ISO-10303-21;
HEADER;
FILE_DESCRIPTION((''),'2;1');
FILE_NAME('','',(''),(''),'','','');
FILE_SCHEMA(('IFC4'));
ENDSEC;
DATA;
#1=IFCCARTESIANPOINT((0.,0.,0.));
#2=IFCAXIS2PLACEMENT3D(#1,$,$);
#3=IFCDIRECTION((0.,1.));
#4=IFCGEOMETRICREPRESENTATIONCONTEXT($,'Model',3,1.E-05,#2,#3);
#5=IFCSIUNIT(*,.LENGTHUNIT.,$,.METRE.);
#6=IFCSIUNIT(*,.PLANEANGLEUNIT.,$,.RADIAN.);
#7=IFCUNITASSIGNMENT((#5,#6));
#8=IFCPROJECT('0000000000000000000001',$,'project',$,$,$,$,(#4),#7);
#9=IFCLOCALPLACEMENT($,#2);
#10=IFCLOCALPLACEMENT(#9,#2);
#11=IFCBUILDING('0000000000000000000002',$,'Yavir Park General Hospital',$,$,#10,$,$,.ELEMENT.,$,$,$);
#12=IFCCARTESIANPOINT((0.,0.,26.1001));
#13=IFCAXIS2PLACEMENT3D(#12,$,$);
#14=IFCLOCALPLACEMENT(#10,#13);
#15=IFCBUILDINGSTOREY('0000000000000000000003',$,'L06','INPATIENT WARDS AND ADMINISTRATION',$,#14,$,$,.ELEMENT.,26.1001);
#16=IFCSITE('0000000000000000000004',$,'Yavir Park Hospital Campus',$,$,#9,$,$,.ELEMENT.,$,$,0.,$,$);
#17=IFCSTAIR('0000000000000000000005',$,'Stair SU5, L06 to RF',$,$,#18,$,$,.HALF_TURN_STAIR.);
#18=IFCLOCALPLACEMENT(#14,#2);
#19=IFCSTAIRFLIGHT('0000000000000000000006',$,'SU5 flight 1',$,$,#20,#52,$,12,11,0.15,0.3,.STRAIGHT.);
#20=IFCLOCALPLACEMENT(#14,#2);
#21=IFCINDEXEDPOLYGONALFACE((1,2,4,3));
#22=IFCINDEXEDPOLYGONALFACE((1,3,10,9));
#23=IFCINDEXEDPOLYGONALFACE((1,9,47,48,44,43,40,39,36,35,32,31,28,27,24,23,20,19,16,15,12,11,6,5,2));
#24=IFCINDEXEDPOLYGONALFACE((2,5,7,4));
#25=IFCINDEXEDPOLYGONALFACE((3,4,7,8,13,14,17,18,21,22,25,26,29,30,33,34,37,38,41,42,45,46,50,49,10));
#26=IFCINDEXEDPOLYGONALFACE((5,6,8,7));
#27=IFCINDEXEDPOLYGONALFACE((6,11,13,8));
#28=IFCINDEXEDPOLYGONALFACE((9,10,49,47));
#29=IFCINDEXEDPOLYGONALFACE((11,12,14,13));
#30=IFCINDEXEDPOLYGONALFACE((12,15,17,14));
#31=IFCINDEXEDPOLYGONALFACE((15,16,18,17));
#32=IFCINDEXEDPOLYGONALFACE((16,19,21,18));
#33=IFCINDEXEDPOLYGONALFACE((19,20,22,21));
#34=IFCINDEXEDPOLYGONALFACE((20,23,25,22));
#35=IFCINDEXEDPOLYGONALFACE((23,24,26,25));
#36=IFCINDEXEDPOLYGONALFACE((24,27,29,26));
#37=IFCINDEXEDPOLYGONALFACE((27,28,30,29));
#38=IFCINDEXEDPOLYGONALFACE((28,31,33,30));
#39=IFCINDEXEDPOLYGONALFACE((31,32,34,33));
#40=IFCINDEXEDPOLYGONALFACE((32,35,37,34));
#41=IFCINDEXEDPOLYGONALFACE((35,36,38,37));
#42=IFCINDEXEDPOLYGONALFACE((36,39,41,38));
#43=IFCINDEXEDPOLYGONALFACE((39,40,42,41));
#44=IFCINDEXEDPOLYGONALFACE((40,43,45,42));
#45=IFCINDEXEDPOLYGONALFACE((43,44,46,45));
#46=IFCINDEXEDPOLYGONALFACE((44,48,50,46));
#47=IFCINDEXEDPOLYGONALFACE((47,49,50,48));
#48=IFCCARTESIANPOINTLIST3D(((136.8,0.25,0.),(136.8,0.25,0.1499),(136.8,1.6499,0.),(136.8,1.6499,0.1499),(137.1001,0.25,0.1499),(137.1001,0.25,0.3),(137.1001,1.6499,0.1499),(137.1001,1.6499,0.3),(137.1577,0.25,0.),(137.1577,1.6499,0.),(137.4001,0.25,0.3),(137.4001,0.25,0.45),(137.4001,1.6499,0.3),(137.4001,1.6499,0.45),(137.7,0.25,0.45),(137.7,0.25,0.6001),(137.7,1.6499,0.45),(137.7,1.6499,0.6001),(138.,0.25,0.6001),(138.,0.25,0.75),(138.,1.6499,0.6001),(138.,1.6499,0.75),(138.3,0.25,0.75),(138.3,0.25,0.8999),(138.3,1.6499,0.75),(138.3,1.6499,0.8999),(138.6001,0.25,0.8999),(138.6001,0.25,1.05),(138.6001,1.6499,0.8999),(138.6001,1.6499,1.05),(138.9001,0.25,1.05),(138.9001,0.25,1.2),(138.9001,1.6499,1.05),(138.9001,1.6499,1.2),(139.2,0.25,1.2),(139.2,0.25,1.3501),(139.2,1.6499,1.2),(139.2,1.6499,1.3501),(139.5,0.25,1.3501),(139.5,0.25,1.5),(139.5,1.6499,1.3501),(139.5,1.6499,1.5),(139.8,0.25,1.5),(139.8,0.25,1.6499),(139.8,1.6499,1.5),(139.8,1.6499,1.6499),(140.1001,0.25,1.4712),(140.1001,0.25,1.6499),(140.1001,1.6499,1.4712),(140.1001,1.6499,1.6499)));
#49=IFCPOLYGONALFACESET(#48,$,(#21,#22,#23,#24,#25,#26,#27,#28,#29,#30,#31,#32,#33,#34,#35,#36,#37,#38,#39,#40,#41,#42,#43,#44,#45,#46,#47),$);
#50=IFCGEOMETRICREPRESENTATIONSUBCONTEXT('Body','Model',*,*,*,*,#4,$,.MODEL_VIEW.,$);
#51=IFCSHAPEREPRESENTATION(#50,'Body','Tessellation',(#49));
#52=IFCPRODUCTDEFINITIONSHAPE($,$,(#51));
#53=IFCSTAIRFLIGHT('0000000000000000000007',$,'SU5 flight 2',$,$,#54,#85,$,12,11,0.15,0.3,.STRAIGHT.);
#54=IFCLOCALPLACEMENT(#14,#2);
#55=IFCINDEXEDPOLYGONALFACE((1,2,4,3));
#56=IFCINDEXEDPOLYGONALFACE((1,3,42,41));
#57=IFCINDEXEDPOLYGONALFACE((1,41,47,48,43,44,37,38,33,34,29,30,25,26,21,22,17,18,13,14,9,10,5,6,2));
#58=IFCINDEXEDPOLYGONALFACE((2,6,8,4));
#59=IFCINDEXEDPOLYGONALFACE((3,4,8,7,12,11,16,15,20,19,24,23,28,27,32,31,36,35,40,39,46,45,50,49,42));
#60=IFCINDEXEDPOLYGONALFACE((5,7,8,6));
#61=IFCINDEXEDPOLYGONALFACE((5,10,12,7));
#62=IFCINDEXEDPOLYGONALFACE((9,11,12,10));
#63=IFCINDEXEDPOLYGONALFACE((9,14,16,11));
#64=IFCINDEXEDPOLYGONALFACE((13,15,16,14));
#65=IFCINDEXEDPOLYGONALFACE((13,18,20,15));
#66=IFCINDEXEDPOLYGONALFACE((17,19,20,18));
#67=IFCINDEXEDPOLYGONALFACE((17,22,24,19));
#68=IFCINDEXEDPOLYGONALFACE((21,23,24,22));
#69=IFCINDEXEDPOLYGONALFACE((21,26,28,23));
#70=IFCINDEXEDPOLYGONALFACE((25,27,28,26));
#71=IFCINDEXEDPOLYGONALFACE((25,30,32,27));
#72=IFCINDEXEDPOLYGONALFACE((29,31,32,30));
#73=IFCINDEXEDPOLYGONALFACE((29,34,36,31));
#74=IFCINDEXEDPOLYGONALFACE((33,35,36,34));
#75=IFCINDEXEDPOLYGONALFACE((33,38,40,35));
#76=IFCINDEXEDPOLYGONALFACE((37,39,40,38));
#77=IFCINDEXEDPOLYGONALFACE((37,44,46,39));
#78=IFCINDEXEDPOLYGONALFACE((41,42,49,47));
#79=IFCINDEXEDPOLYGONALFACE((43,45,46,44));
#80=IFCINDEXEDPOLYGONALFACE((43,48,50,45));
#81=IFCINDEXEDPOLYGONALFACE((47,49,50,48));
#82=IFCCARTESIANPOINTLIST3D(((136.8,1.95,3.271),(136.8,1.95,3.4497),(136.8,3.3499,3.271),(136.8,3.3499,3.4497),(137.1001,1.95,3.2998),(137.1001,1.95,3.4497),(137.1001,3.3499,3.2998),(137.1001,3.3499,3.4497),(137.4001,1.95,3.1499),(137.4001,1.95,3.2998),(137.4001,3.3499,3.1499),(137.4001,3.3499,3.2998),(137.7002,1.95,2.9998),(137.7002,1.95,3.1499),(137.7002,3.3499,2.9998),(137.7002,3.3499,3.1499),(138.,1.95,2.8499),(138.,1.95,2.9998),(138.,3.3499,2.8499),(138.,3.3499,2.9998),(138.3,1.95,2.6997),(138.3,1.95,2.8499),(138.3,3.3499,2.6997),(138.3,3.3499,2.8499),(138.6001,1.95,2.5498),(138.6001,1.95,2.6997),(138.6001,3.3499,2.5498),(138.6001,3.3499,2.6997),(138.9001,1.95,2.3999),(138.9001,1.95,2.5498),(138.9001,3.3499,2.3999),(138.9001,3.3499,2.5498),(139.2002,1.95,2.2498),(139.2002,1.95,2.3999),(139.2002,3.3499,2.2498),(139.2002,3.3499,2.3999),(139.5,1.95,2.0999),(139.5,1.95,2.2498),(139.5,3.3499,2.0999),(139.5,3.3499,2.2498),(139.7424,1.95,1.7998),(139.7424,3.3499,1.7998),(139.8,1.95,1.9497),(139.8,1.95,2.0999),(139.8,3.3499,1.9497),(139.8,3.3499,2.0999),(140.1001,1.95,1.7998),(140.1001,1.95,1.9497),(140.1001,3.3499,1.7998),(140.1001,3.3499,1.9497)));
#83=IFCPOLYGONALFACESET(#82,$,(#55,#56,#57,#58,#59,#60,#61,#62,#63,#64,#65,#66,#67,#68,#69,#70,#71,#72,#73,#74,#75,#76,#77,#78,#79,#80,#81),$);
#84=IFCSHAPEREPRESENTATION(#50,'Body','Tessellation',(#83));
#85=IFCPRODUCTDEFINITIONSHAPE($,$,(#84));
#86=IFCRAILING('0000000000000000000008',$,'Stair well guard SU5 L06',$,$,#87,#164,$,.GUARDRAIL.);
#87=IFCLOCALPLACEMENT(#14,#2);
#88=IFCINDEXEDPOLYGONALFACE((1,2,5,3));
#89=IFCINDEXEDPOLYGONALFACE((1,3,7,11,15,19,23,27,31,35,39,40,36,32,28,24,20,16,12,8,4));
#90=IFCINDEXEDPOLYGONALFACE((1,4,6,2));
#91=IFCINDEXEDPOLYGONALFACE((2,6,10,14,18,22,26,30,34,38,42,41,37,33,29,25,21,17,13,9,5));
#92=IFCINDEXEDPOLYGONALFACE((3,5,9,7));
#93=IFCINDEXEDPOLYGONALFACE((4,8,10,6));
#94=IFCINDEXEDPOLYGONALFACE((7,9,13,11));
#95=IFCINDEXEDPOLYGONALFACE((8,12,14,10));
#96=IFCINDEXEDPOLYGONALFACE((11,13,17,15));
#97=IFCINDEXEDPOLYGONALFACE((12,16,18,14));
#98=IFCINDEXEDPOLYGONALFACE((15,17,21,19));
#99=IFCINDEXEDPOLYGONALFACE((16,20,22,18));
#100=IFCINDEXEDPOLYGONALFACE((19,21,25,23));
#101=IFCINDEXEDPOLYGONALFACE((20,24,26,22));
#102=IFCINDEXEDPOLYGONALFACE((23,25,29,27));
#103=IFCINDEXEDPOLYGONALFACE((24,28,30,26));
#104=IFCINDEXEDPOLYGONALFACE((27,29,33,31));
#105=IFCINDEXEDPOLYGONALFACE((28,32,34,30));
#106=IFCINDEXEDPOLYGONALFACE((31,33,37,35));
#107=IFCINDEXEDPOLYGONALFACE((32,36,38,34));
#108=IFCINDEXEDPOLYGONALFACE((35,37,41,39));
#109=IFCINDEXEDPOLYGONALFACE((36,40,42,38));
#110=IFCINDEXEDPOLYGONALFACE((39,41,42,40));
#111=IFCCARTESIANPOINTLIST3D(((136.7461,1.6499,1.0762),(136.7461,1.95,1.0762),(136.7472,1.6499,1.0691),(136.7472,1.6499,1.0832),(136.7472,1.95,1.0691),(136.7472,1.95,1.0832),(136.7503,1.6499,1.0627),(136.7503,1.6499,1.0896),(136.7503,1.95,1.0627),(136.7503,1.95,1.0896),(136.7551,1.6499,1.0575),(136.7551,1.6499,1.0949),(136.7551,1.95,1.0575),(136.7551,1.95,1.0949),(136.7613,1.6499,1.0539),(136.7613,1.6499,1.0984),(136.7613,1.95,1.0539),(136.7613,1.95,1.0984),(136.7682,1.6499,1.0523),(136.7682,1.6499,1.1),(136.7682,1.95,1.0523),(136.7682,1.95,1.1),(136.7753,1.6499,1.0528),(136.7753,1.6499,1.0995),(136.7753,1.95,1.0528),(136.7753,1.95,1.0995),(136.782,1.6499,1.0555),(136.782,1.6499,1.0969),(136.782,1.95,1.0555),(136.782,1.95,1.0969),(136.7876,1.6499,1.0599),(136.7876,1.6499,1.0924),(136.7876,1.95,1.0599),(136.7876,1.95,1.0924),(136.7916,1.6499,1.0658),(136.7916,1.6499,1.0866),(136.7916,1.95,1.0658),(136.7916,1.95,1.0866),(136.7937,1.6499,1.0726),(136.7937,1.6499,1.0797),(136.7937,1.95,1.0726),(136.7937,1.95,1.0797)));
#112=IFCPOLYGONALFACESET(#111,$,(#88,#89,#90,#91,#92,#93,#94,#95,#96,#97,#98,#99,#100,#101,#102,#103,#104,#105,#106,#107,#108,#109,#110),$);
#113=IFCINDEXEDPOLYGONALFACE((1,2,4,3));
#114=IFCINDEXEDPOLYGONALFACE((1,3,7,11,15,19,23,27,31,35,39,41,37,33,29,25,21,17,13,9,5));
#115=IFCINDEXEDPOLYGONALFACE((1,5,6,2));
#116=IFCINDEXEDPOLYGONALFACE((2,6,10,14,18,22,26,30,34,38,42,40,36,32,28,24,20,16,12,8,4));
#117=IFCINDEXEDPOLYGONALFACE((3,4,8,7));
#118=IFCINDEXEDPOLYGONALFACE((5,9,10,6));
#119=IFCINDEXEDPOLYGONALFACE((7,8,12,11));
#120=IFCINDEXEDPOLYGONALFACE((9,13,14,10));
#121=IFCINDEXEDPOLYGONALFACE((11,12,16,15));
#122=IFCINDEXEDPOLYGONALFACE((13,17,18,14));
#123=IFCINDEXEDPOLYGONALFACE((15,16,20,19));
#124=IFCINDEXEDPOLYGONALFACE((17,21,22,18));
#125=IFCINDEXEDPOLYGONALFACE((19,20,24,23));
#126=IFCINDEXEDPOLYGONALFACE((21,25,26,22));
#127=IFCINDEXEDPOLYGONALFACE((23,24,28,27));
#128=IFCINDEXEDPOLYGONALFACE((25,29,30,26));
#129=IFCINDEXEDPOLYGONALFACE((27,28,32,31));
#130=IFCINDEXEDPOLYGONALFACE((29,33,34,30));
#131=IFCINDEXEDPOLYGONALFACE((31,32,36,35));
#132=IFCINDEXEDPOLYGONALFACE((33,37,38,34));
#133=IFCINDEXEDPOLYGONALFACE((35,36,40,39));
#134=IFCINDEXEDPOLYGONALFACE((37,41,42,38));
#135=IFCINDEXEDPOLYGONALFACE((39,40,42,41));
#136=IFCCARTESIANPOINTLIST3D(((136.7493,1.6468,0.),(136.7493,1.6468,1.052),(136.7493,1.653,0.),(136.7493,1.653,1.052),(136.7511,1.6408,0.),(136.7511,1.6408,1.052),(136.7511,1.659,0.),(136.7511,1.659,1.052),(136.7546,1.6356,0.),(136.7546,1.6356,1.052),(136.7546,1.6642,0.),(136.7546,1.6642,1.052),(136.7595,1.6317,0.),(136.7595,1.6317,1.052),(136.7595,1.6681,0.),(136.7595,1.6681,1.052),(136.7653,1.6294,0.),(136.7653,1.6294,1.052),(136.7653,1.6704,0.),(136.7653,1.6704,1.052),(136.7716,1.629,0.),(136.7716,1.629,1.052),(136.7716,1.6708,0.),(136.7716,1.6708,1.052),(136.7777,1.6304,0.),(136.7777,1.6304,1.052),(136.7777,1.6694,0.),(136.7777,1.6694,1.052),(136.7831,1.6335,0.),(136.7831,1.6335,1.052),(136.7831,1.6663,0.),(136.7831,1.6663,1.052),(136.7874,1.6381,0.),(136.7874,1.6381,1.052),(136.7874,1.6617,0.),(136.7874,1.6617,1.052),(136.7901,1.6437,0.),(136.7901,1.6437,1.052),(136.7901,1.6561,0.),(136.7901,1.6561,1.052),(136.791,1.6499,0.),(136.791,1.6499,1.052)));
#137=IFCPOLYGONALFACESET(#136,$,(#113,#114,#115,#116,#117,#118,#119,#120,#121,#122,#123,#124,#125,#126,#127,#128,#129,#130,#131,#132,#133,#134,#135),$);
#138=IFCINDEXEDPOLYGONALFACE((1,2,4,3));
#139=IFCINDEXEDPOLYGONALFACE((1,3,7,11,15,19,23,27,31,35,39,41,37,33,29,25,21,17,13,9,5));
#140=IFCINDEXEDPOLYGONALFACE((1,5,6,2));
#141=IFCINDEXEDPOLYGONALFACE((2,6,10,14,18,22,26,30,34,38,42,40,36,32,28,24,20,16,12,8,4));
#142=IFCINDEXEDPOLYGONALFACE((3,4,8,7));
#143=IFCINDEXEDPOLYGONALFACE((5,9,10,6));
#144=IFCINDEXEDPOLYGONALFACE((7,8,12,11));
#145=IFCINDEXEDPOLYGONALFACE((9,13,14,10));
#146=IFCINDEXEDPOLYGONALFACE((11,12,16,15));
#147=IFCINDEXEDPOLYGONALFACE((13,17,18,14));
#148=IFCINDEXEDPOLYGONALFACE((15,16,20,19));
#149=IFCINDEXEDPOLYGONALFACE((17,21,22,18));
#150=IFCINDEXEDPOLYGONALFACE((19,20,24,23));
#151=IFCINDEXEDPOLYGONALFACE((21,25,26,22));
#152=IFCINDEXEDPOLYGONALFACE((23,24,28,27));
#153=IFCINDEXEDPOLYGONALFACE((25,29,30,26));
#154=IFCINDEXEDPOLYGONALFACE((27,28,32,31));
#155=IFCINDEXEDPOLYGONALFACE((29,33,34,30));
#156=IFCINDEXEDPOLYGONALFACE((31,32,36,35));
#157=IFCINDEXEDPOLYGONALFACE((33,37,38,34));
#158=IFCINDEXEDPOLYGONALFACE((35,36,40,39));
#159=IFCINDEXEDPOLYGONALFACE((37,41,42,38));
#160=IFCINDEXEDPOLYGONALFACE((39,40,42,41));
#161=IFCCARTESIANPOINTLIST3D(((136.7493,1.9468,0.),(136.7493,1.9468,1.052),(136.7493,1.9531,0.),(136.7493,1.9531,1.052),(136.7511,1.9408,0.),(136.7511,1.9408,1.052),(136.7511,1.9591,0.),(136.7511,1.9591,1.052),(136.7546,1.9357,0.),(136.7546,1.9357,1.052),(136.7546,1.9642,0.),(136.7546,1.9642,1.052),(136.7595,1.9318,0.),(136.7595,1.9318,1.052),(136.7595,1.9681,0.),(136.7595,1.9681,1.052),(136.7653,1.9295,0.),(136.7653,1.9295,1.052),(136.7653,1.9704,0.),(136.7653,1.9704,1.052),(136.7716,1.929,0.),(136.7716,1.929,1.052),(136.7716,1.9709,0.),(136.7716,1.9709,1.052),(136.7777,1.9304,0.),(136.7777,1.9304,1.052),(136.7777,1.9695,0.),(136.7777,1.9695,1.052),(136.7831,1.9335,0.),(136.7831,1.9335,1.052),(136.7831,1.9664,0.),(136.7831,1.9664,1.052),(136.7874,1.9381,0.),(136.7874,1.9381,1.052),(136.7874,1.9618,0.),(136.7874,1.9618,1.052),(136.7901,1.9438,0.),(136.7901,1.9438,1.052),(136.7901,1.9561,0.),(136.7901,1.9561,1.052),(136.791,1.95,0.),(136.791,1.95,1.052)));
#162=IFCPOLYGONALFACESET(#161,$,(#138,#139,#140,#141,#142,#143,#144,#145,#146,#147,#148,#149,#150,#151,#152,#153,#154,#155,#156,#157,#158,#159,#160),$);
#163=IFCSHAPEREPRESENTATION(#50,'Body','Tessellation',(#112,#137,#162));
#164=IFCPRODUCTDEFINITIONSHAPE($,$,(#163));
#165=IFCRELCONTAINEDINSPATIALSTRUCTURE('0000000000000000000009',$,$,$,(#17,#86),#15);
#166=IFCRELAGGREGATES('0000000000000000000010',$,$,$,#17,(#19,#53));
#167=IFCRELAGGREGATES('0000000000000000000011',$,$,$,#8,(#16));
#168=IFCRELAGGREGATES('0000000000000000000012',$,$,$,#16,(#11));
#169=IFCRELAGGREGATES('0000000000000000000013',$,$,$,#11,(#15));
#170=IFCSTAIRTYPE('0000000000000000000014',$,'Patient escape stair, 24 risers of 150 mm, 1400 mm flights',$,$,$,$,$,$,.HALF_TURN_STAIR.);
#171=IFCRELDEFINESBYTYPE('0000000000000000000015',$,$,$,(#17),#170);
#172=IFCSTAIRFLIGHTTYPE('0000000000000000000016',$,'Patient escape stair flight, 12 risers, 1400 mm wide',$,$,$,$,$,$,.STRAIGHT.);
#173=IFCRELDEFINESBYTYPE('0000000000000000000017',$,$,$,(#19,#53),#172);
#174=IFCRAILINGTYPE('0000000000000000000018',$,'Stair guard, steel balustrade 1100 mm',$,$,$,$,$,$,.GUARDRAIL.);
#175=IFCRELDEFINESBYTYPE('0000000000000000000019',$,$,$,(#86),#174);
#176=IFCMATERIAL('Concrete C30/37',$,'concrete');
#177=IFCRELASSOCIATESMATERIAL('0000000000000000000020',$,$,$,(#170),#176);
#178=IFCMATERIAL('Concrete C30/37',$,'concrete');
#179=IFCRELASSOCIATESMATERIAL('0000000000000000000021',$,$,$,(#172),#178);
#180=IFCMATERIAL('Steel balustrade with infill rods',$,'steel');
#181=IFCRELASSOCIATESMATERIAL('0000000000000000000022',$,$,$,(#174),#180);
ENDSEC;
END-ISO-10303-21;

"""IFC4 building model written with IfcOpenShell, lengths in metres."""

from ifc_helpers import new_model, si_unit, direction, frame, origin, origin_2d, place, context, subcontext, project, spatial, polyline, circle, outline, extrude, material, type_object, element, aggregate, save


model = new_model("IFC4")

# Units and contexts
model_context = context("Model", 3, precision=1e-05, world=origin(), true_north=direction((0.0, 1.0)))
body_context = subcontext(model_context, "Body", "Model", "MODEL_VIEW")
ifc_project = project(units=[si_unit("LENGTHUNIT", "METRE"), si_unit("PLANEANGLEUNIT", "RADIAN")], contexts=[model_context])

# Site, building, storey
site_placement = place(None, origin())
site = spatial("IfcSite", under=ifc_project, at=site_placement, Name="Yavir Park Hospital Campus", CompositionType="ELEMENT", RefElevation=0.0)
building_placement = place(site_placement, origin())
building = spatial("IfcBuilding", under=site, at=building_placement, Name="Yavir Park General Hospital", CompositionType="ELEMENT")
storey_placement = place(building_placement, frame((0.0, 0.0, 26.1001)))
storey = spatial("IfcBuildingStorey", under=building, at=storey_placement, Name="L06", Description="INPATIENT WARDS AND ADMINISTRATION", CompositionType="ELEMENT", Elevation=26.1001)

# Stair, stair flights
ifc_material_1 = material(Name="Concrete C30/37", Category="concrete")
stair_type = type_object("IfcStairType", Name="Patient escape stair, 24 risers of 150 mm, 1400 mm flights", PredefinedType="HALF_TURN_STAIR", material=ifc_material_1)
stair_placement = place(storey_placement, origin())
stair = element("IfcStair", 1, at=stair_placement, inside=storey, type_object=stair_type, Name="Stair SU5, L06 to RF", PredefinedType="HALF_TURN_STAIR")
ifc_material_2 = material(Name="Concrete C30/37", Category="concrete")
stair_flight_type = type_object("IfcStairFlightType", Name="Patient escape stair flight, 12 risers, 1400 mm wide", PredefinedType="STRAIGHT", material=ifc_material_2)
stair_flight_1_placement = place(storey_placement, frame((136.8, 0.95, 0.0), z_axis=(0.0, 0.0, 1.0), x_axis=(1.0, 0.0, 0.0)))
stair_flight_1 = element("IfcStairFlight", 2, at=stair_flight_1_placement, type_object=stair_flight_type, Name="SU5 flight 1", NumberOfRisers=12, NumberOfTreads=11, PredefinedType="STRAIGHT", RiserHeight=0.15, TreadLength=0.3, context=body_context, shape_type="SweptSolid", body=[
    extrude(outline(polyline([(0.0, 0.0), (0.0, 0.1499), (0.3, 0.1499), (0.3, 0.3), (0.6001, 0.3), (0.6001, 0.45), (0.8999, 0.45), (0.8999, 0.6001), (1.2, 0.6001), (1.2, 0.75), (1.5, 0.75), (1.5, 0.8999), (1.8, 0.8999), (1.8, 1.05), (2.1001, 1.05), (2.1001, 1.2), (2.3999, 1.2), (2.3999, 1.3501), (2.7, 1.3501), (2.7, 1.5), (3.0, 1.5), (3.0, 1.6499), (3.3, 1.6499), (3.3, 1.8), (3.3, 1.4712), (0.3577, 0.0), (0.0, 0.0)])), frame((0.0, 0.7, 0.0), z_axis=(0.0, -1.0, 0.0), x_axis=(1.0, 0.0, 0.0)), (0.0, 0.0, 1.0), 1.3999),
])
stair_flight_2_placement = place(storey_placement, frame((140.1001, 2.6499, 1.7998), z_axis=(0.0, 0.0, 1.0), x_axis=(-1.0, 0.0, 0.0)))
stair_flight_2 = element("IfcStairFlight", 3, at=stair_flight_2_placement, type_object=stair_flight_type, Name="SU5 flight 2", NumberOfRisers=12, NumberOfTreads=11, PredefinedType="STRAIGHT", RiserHeight=0.15, TreadLength=0.3, context=body_context, shape_type="SweptSolid", body=[
    extrude(outline(polyline([(0.0, 0.0), (0.0, 0.1499), (0.3, 0.1499), (0.3, 0.3), (0.6001, 0.3), (0.6001, 0.45), (0.8999, 0.45), (0.8999, 0.6001), (1.2, 0.6001), (1.2, 0.75), (1.5, 0.75), (1.5, 0.8999), (1.8, 0.8999), (1.8, 1.05), (2.1001, 1.05), (2.1001, 1.2), (2.3999, 1.2), (2.3999, 1.3501), (2.7, 1.3501), (2.7, 1.5), (3.0, 1.5), (3.0, 1.6499), (3.3, 1.6499), (3.3, 1.8), (3.3, 1.4712), (0.3577, 0.0), (0.0, 0.0)])), frame((0.0, 0.7, 0.0), z_axis=(0.0, -1.0, 0.0), x_axis=(1.0, 0.0, 0.0)), (0.0, 0.0, 1.0), 1.3999),
])
aggregate(stair, [stair_flight_1, stair_flight_2])

# Railing
ifc_material_3 = material(Name="Steel balustrade with infill rods", Category="steel")
railing_type_1 = type_object("IfcRailingType", Name="Stair guard, steel balustrade 1100 mm", PredefinedType="GUARDRAIL", material=ifc_material_3)
railing_placement = place(storey_placement, frame((136.77, 1.6499, 0.0)))
element("IfcRailing", 4, at=railing_placement, inside=storey, type_object=railing_type_1, Name="Stair well guard SU5 L06", PredefinedType="GUARDRAIL", context=body_context, shape_type="SweptSolid", body=[
    extrude(circle(Radius=0.0239, at=origin_2d()), frame((0.0, 0.0, 1.0762), z_axis=(0.0, 1.0, 0.0), x_axis=(-1.0, 0.0, 0.0)), (0.0, 0.0, 1.0), 0.3),
    extrude(circle(Radius=0.021, at=origin_2d()), origin(), (0.0, 0.0, 1.0), 1.052),
    extrude(circle(Radius=0.021, at=origin_2d()), frame((0.0, 0.3, 0.0)), (0.0, 0.0, 1.0), 1.052),
])

save(model, "model.ifc")
